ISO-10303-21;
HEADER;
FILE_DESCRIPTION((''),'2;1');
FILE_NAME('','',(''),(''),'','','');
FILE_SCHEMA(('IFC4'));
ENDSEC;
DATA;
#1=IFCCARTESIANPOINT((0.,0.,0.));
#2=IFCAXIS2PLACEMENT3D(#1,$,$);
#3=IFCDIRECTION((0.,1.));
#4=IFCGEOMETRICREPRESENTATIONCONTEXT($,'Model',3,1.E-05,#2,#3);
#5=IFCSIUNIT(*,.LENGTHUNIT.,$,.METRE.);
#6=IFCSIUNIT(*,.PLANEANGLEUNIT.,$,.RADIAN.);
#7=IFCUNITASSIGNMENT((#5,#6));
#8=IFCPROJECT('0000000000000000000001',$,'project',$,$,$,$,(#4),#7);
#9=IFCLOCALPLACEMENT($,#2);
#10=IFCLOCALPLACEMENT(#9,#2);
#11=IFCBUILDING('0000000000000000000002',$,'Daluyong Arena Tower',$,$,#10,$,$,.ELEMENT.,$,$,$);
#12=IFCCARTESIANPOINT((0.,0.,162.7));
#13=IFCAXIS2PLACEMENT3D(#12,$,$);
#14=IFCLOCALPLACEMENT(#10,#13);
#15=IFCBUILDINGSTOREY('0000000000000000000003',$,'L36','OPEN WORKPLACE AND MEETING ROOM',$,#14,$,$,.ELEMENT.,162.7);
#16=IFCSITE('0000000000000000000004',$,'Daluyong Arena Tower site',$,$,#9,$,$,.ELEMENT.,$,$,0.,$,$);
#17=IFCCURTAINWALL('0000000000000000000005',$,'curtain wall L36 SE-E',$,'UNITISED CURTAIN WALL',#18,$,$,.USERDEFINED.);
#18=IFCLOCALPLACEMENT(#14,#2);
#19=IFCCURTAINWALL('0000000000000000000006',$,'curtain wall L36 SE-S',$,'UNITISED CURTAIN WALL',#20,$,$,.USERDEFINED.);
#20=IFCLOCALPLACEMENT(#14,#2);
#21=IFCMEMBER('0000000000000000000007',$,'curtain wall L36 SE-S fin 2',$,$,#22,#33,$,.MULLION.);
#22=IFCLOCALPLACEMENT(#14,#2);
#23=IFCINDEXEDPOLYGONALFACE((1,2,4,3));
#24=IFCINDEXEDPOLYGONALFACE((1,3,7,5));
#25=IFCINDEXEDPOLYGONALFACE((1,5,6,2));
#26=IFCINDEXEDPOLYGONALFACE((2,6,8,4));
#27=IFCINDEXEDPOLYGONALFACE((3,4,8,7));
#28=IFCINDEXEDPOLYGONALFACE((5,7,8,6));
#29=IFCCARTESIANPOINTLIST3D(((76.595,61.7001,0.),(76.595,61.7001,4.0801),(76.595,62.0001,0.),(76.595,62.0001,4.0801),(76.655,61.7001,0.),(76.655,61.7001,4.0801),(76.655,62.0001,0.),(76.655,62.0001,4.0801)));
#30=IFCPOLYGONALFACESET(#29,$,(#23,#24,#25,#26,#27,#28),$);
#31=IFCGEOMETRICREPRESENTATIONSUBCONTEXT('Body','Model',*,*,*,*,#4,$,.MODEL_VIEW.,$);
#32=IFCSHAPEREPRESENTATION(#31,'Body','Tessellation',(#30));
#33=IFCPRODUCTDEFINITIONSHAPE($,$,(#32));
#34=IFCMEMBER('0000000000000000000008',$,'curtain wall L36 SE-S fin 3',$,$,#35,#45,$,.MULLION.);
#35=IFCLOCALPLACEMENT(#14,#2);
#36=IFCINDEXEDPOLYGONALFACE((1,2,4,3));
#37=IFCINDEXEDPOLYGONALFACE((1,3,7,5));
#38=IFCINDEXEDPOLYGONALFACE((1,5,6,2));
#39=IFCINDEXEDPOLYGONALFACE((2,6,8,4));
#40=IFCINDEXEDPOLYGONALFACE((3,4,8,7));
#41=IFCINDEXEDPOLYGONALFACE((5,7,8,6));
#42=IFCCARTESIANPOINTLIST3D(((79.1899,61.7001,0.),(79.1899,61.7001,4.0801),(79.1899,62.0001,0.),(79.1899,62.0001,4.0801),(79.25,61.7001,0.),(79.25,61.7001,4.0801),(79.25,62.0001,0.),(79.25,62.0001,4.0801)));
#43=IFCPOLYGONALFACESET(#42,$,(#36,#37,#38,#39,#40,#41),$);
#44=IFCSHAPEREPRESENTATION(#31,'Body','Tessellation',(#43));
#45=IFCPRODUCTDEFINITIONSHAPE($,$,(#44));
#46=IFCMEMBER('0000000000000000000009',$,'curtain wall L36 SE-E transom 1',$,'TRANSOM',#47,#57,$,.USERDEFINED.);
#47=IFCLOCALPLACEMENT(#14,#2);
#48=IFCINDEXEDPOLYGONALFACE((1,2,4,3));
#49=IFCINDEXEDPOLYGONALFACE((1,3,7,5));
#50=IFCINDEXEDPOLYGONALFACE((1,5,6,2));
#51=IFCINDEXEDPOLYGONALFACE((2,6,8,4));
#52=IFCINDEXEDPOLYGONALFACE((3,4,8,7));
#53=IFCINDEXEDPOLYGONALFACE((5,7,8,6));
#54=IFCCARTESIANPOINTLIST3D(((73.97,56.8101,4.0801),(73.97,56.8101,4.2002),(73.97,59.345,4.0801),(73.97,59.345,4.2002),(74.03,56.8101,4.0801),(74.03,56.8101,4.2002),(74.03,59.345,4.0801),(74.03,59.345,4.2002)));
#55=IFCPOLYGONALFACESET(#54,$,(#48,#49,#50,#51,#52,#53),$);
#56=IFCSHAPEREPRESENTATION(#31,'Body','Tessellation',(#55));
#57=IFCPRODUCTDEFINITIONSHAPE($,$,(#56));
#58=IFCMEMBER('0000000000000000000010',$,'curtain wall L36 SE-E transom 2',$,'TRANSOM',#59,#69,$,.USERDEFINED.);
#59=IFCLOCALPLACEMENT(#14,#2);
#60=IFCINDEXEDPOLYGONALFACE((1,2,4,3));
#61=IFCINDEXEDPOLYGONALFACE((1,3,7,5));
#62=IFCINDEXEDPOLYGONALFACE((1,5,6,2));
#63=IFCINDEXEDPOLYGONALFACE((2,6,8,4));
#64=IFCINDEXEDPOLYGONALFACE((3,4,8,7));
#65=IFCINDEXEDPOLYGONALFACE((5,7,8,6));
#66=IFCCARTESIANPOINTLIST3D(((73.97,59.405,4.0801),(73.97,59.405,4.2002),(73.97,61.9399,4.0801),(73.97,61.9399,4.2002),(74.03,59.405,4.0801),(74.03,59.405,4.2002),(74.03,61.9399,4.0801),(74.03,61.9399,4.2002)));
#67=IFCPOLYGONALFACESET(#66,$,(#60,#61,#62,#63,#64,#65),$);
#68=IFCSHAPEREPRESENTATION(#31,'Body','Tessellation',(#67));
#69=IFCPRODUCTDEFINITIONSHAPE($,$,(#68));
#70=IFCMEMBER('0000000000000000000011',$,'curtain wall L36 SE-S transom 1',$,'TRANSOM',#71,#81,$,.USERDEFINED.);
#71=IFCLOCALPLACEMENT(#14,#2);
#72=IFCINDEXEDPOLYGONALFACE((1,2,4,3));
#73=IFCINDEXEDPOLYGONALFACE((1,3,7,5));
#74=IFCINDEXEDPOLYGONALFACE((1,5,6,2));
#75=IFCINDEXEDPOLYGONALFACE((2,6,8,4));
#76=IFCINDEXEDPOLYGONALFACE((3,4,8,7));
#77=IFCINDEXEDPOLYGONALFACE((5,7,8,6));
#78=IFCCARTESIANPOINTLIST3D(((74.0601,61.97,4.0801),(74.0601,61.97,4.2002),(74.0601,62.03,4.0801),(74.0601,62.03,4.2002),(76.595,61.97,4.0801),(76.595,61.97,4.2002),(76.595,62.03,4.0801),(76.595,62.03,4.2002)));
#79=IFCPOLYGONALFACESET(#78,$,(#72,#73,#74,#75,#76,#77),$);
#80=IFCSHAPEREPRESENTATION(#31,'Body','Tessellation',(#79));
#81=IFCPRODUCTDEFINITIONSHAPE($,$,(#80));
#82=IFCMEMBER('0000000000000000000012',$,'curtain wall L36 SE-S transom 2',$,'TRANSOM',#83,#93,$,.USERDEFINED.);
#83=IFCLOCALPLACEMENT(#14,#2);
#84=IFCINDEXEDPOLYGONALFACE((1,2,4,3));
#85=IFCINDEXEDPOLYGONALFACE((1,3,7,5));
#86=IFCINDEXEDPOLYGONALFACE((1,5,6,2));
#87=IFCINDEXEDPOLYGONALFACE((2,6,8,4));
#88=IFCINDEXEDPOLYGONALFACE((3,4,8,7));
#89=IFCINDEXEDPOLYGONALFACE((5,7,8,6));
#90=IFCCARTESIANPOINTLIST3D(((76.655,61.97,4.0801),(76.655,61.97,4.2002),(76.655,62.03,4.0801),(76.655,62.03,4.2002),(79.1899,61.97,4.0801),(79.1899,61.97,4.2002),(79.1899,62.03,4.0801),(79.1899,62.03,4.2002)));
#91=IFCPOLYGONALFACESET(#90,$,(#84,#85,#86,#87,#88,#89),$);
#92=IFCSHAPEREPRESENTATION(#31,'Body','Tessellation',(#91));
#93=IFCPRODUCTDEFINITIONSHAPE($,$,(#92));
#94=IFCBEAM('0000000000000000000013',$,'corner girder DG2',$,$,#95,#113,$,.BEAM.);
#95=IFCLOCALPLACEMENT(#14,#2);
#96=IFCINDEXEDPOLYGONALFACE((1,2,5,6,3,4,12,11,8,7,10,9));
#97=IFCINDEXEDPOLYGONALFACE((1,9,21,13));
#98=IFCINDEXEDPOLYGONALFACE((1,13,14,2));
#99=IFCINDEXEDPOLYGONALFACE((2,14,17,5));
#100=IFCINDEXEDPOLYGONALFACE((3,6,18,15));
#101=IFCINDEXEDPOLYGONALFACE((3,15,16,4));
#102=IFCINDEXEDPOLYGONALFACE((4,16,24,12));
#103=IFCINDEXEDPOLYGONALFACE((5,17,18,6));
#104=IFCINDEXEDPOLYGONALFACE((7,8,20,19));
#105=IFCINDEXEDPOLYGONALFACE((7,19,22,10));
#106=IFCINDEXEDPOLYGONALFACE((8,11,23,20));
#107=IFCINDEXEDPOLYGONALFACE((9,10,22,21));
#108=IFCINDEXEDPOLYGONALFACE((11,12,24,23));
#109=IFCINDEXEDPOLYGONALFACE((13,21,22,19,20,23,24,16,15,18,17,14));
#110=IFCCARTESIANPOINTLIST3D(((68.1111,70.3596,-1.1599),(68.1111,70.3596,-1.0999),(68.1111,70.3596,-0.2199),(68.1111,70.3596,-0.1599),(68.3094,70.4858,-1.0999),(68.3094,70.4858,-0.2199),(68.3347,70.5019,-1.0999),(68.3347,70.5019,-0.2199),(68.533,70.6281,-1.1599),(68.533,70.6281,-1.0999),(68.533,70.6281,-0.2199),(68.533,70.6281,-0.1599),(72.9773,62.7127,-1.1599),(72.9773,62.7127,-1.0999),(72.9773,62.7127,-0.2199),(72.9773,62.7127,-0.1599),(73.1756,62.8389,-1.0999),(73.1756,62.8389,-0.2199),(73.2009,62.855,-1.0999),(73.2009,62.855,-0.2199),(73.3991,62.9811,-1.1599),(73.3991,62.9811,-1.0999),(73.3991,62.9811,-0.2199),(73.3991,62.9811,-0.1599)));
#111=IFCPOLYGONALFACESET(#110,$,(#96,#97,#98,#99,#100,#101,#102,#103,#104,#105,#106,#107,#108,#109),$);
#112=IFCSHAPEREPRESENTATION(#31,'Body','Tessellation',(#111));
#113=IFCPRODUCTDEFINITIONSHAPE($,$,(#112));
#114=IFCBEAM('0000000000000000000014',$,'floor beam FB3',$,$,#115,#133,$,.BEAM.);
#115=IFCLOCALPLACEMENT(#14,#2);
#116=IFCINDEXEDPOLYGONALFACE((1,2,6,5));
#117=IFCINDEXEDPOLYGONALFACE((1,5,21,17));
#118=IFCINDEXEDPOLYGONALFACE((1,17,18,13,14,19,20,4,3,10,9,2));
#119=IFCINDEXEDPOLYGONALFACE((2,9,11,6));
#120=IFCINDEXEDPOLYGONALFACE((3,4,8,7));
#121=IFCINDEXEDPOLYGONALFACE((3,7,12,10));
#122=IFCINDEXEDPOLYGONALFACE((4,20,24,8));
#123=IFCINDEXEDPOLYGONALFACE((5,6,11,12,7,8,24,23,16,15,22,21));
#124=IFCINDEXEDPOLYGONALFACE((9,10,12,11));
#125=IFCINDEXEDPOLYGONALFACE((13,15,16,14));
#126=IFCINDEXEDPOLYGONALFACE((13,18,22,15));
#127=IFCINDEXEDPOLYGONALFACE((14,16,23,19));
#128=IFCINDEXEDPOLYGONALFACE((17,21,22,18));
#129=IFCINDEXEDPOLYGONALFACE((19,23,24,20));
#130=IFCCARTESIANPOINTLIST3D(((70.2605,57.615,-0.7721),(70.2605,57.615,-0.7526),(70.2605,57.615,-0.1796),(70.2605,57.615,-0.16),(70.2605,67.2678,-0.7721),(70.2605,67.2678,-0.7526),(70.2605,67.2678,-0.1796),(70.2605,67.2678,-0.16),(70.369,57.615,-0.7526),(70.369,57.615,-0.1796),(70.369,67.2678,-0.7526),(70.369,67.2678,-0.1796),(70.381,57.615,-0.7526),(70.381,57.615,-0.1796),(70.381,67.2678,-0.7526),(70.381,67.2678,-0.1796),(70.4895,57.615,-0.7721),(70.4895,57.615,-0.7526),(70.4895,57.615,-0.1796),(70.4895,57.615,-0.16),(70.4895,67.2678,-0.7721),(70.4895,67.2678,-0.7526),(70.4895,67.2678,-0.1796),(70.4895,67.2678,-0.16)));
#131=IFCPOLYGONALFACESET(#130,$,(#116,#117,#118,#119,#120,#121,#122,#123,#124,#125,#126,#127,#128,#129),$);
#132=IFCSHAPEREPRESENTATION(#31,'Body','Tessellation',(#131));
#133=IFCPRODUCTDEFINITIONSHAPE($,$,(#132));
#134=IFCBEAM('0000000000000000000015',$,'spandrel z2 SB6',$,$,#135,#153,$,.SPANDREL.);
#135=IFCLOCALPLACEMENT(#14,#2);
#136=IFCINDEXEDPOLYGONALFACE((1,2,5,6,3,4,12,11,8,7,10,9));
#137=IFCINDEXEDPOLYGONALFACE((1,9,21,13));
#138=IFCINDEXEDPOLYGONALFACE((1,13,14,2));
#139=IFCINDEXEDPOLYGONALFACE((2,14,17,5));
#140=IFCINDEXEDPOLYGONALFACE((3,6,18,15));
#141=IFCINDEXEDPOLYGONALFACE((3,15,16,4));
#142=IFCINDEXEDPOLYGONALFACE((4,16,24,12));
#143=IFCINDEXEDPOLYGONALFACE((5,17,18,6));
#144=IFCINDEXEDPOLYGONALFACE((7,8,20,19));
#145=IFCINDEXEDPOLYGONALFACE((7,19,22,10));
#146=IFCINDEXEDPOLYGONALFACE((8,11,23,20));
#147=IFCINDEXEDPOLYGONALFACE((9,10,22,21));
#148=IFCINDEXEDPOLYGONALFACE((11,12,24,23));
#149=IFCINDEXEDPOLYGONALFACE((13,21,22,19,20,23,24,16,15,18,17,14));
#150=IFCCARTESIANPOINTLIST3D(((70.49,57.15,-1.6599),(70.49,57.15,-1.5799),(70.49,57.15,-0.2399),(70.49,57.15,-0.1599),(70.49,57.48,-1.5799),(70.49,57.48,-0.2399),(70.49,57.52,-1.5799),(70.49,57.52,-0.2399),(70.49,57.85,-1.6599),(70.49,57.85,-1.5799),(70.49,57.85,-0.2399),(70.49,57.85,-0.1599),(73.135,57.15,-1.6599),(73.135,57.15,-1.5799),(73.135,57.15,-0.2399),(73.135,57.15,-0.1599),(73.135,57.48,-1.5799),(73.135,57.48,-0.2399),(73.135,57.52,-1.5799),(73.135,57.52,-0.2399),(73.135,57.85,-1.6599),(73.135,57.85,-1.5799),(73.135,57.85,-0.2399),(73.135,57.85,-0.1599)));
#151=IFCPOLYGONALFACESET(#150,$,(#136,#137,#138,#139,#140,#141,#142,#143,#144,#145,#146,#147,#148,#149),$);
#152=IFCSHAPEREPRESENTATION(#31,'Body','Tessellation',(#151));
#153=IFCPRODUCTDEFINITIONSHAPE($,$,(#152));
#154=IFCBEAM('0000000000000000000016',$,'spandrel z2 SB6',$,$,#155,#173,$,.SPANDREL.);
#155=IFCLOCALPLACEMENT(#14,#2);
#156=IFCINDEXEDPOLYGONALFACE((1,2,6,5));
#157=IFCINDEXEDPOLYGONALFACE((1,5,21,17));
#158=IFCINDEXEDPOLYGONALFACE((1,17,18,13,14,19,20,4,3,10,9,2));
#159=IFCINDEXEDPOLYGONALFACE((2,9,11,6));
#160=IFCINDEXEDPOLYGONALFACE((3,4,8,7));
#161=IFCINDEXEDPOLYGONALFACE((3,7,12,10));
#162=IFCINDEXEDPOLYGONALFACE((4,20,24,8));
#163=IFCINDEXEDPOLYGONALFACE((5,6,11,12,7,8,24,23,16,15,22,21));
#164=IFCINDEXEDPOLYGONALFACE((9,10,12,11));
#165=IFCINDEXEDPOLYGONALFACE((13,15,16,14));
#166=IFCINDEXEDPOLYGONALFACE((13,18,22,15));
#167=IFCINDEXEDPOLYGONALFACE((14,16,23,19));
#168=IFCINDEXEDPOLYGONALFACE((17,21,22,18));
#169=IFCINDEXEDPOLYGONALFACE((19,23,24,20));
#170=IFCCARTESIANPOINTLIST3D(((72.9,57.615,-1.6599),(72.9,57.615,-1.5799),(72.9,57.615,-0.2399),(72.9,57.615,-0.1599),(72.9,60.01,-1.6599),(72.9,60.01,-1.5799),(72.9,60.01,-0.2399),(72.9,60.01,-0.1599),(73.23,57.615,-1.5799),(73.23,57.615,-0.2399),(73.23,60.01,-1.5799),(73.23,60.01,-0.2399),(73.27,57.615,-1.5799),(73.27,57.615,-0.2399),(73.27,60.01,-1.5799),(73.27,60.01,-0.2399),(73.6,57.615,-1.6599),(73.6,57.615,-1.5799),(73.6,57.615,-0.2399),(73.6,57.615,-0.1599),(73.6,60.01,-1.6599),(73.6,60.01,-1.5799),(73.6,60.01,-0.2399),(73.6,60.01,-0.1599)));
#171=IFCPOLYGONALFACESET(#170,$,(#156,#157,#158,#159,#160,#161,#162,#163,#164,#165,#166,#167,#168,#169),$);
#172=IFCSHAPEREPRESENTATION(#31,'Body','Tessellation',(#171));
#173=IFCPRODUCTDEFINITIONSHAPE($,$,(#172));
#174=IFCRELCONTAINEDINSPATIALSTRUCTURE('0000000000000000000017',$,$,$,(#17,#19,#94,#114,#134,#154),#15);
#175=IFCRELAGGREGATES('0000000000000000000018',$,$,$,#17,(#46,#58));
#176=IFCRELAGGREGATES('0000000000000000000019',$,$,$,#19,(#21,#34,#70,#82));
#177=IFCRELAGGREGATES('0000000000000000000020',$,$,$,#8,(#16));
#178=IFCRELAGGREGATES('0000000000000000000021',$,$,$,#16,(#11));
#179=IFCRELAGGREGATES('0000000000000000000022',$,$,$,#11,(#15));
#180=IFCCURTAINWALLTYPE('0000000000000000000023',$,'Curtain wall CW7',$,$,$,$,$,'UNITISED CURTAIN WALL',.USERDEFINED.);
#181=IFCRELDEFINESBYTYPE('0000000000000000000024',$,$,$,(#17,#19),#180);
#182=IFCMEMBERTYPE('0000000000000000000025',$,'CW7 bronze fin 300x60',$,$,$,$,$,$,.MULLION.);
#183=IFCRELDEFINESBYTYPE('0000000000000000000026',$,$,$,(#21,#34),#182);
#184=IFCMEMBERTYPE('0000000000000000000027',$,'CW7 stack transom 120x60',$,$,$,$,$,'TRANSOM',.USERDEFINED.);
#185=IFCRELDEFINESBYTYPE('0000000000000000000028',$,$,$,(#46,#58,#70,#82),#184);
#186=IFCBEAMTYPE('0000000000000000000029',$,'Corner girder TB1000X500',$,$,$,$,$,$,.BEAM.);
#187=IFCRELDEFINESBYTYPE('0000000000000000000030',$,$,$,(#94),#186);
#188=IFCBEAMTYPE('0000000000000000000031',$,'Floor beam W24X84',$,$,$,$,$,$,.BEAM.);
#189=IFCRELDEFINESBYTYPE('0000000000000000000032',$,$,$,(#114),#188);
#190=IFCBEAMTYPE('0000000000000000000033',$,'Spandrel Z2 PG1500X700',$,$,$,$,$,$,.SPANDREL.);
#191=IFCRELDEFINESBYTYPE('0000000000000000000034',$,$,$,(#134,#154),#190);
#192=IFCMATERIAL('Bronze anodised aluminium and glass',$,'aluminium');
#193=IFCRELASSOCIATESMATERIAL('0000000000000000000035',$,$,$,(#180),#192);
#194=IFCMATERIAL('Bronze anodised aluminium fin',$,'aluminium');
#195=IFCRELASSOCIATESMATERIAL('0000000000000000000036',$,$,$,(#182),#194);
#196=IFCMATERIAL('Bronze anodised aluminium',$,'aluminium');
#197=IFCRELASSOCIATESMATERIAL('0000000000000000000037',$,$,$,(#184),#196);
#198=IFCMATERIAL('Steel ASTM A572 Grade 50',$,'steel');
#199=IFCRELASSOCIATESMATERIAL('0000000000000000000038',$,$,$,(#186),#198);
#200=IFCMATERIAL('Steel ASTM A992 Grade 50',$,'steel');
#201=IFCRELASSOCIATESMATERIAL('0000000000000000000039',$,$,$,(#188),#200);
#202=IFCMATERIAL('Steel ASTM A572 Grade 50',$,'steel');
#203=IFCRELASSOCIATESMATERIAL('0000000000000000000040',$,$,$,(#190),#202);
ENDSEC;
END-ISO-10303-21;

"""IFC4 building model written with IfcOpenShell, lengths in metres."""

from ifc_helpers import new_model, si_unit, direction, frame, origin, origin_2d, place, context, subcontext, project, spatial, rectangle, i_section, extrude, material, material_profile, profile_set, type_object, element, aggregate, save


model = new_model("IFC4")

# Units and contexts
model_context = context("Model", 3, precision=1e-05, world=origin(), true_north=direction((0.0, 1.0)))
body_context = subcontext(model_context, "Body", "Model", "MODEL_VIEW")
ifc_project = project(units=[si_unit("LENGTHUNIT", "METRE"), si_unit("PLANEANGLEUNIT", "RADIAN")], contexts=[model_context])

# Site, building, storey
site_placement = place(None, origin())
site = spatial("IfcSite", under=ifc_project, at=site_placement, Name="Daluyong Arena Tower site", CompositionType="ELEMENT", RefElevation=0.0)
building_placement = place(site_placement, origin())
building = spatial("IfcBuilding", under=site, at=building_placement, Name="Daluyong Arena Tower", CompositionType="ELEMENT")
storey_placement = place(building_placement, frame((0.0, 0.0, 162.7)))
storey = spatial("IfcBuildingStorey", under=building, at=storey_placement, Name="L36", Description="OPEN WORKPLACE AND MEETING ROOM", CompositionType="ELEMENT", Elevation=162.7)

# Curtain walls, members
ifc_material_1 = material(Name="Bronze anodised aluminium and glass", Category="aluminium")
curtain_wall_type_1 = type_object("IfcCurtainWallType", Name="Curtain wall CW7", ElementType="UNITISED CURTAIN WALL", PredefinedType="USERDEFINED", material=ifc_material_1)
curtain_wall_1_placement = place(storey_placement, origin())
curtain_wall_1 = element("IfcCurtainWall", 1, at=curtain_wall_1_placement, inside=storey, type_object=curtain_wall_type_1, Name="curtain wall L36 SE-E", ObjectType="UNITISED CURTAIN WALL", PredefinedType="USERDEFINED")
ifc_material_2 = material(Name="Bronze anodised aluminium fin", Category="aluminium")
ifc_material_profile_1 = material_profile(ifc_material_2, rectangle(XDim=0.3, YDim=0.0601, at=origin_2d()))
ifc_profile_set_1 = profile_set([ifc_material_profile_1], Name="Bronze anodised aluminium fin")
member_type_1 = type_object("IfcMemberType", Name="CW7 bronze fin 300x60", PredefinedType="MULLION", material=ifc_profile_set_1)
curtain_wall_2_placement = place(storey_placement, origin())
curtain_wall_2 = element("IfcCurtainWall", 2, at=curtain_wall_2_placement, inside=storey, type_object=curtain_wall_type_1, Name="curtain wall L36 SE-S", ObjectType="UNITISED CURTAIN WALL", PredefinedType="USERDEFINED")
member_1_placement = place(storey_placement, frame((76.625, 61.8501, 0.0), z_axis=(0.0, 0.0, 1.0), x_axis=(0.0, 1.0, 0.0)))
member_1 = element("IfcMember", 3, at=member_1_placement, type_object=member_type_1, Name="curtain wall L36 SE-S fin 2", PredefinedType="MULLION", context=body_context, shape_type="SweptSolid", body=[
    extrude(rectangle(XDim=0.3, YDim=0.0601, at=origin_2d()), origin(), (0.0, 0.0, 1.0), 4.0801),
])
member_2_placement = place(storey_placement, frame((79.22, 61.8501, 0.0), z_axis=(0.0, 0.0, 1.0), x_axis=(0.0, 1.0, 0.0)))
member_2 = element("IfcMember", 4, at=member_2_placement, type_object=member_type_1, Name="curtain wall L36 SE-S fin 3", PredefinedType="MULLION", context=body_context, shape_type="SweptSolid", body=[
    extrude(rectangle(XDim=0.3, YDim=0.0601, at=origin_2d()), origin(), (0.0, 0.0, 1.0), 4.0801),
])

# Members
ifc_material_3 = material(Name="Bronze anodised aluminium", Category="aluminium")
ifc_material_profile_2 = material_profile(ifc_material_3, rectangle(XDim=0.0601, YDim=0.1201, at=origin_2d()))
ifc_profile_set_2 = profile_set([ifc_material_profile_2], Name="Bronze anodised aluminium")
member_type_2 = type_object("IfcMemberType", Name="CW7 stack transom 120x60", ElementType="TRANSOM", PredefinedType="USERDEFINED", material=ifc_profile_set_2)
member_3_placement = place(storey_placement, frame((74.0, 56.8101, 4.1401), z_axis=(0.0, 1.0, 0.0), x_axis=(-1.0, 0.0, 0.0)))
member_3 = element("IfcMember", 5, at=member_3_placement, type_object=member_type_2, Name="curtain wall L36 SE-E transom 1", ObjectType="TRANSOM", PredefinedType="USERDEFINED", context=body_context, shape_type="SweptSolid", body=[
    extrude(rectangle(XDim=0.0601, YDim=0.1201, at=origin_2d()), origin(), (0.0, 0.0, 1.0), 2.5349),
])
member_4_placement = place(storey_placement, frame((74.0, 59.405, 4.1401), z_axis=(0.0, 1.0, 0.0), x_axis=(-1.0, 0.0, 0.0)))
member_4 = element("IfcMember", 6, at=member_4_placement, type_object=member_type_2, Name="curtain wall L36 SE-E transom 2", ObjectType="TRANSOM", PredefinedType="USERDEFINED", context=body_context, shape_type="SweptSolid", body=[
    extrude(rectangle(XDim=0.0601, YDim=0.1201, at=origin_2d()), origin(), (0.0, 0.0, 1.0), 2.5349),
])
member_5_placement = place(storey_placement, frame((74.0601, 62.0, 4.1401), z_axis=(1.0, 0.0, 0.0), x_axis=(0.0, 1.0, 0.0)))
member_5 = element("IfcMember", 7, at=member_5_placement, type_object=member_type_2, Name="curtain wall L36 SE-S transom 1", ObjectType="TRANSOM", PredefinedType="USERDEFINED", context=body_context, shape_type="SweptSolid", body=[
    extrude(rectangle(XDim=0.0601, YDim=0.1201, at=origin_2d()), origin(), (0.0, 0.0, 1.0), 2.5349),
])
member_6_placement = place(storey_placement, frame((76.655, 62.0, 4.1401), z_axis=(1.0, 0.0, 0.0), x_axis=(0.0, 1.0, 0.0)))
member_6 = element("IfcMember", 8, at=member_6_placement, type_object=member_type_2, Name="curtain wall L36 SE-S transom 2", ObjectType="TRANSOM", PredefinedType="USERDEFINED", context=body_context, shape_type="SweptSolid", body=[
    extrude(rectangle(XDim=0.0601, YDim=0.1201, at=origin_2d()), origin(), (0.0, 0.0, 1.0), 2.5349),
])

# Beams
ifc_material_4 = material(Name="Steel ASTM A572 Grade 50", Category="steel")
ifc_material_profile_3 = material_profile(ifc_material_4, i_section(OverallWidth=0.5, OverallDepth=1.0, WebThickness=0.03, FlangeThickness=0.06, at=origin_2d()))
ifc_profile_set_3 = profile_set([ifc_material_profile_3], Name="Steel ASTM A572 Grade 50")
beam_type_1 = type_object("IfcBeamType", Name="Corner girder TB1000X500", PredefinedType="BEAM", material=ifc_profile_set_3)
beam_1_placement = place(storey_placement, frame((73.1882, 62.8469, -0.6599), z_axis=(-0.536872, 0.843664, 0.0), x_axis=(-0.843664, -0.536872, 0.0)))
element("IfcBeam", 9, at=beam_1_placement, inside=storey, type_object=beam_type_1, Name="corner girder DG2", PredefinedType="BEAM", context=body_context, shape_type="SweptSolid", body=[
    extrude(i_section(OverallWidth=0.5, OverallDepth=1.0, WebThickness=0.03, FlangeThickness=0.06, at=origin_2d()), origin(), (0.0, 0.0, 1.0), 9.064),
])
ifc_material_5 = material(Name="Steel ASTM A992 Grade 50", Category="steel")
ifc_material_profile_4 = material_profile(ifc_material_5, i_section(OverallWidth=0.229, OverallDepth=0.6121, WebThickness=0.012, FlangeThickness=0.0195, at=origin_2d()))
ifc_profile_set_4 = profile_set([ifc_material_profile_4], Name="Steel ASTM A992 Grade 50")
beam_type_2 = type_object("IfcBeamType", Name="Floor beam W24X84", PredefinedType="BEAM", material=ifc_profile_set_4)
beam_2_placement = place(storey_placement, frame((70.375, 57.615, -0.4661), z_axis=(0.0, 1.0, 0.0), x_axis=(-1.0, 0.0, 0.0)))
element("IfcBeam", 10, at=beam_2_placement, inside=storey, type_object=beam_type_2, Name="floor beam FB3", PredefinedType="BEAM", context=body_context, shape_type="SweptSolid", body=[
    extrude(i_section(OverallWidth=0.229, OverallDepth=0.6121, WebThickness=0.012, FlangeThickness=0.0195, at=origin_2d()), origin(), (0.0, 0.0, 1.0), 9.6528),
])
ifc_material_6 = material(Name="Steel ASTM A572 Grade 50", Category="steel")
ifc_material_profile_5 = material_profile(ifc_material_6, i_section(OverallWidth=0.7, OverallDepth=1.5, WebThickness=0.04, FlangeThickness=0.08, at=origin_2d()))
ifc_profile_set_5 = profile_set([ifc_material_profile_5], Name="Steel ASTM A572 Grade 50")
beam_type_3 = type_object("IfcBeamType", Name="Spandrel Z2 PG1500X700", PredefinedType="SPANDREL", material=ifc_profile_set_5)
beam_3_placement = place(storey_placement, frame((70.49, 57.5, -0.9099), z_axis=(1.0, 0.0, 0.0), x_axis=(0.0, 1.0, 0.0)))
element("IfcBeam", 11, at=beam_3_placement, inside=storey, type_object=beam_type_3, Name="spandrel z2 SB6", PredefinedType="SPANDREL", context=body_context, shape_type="SweptSolid", body=[
    extrude(i_section(OverallWidth=0.7, OverallDepth=1.5, WebThickness=0.04, FlangeThickness=0.08, at=origin_2d()), origin(), (0.0, 0.0, 1.0), 2.645),
])
for number, where, z_axis, x_axis, name in (
    (12, (73.25, 57.615, -0.9099), (0.0, 1.0, 0.0), (-1.0, 0.0, 0.0), "spandrel z2 SB6"),
):
    element("IfcBeam", number, at=place(storey_placement, frame(where, z_axis=z_axis, x_axis=x_axis)), inside=storey, type_object=beam_type_3, Name=name, PredefinedType="SPANDREL", context=body_context, shape_type="SweptSolid", body=[
        extrude(i_section(OverallWidth=0.7, OverallDepth=1.5, WebThickness=0.04, FlangeThickness=0.08, at=origin_2d()), origin(), (0.0, 0.0, 1.0), 2.395),
    ])

aggregate(curtain_wall_1, [member_3, member_4])
aggregate(curtain_wall_2, [member_1, member_2, member_5, member_6])

save(model, "model.ifc")
